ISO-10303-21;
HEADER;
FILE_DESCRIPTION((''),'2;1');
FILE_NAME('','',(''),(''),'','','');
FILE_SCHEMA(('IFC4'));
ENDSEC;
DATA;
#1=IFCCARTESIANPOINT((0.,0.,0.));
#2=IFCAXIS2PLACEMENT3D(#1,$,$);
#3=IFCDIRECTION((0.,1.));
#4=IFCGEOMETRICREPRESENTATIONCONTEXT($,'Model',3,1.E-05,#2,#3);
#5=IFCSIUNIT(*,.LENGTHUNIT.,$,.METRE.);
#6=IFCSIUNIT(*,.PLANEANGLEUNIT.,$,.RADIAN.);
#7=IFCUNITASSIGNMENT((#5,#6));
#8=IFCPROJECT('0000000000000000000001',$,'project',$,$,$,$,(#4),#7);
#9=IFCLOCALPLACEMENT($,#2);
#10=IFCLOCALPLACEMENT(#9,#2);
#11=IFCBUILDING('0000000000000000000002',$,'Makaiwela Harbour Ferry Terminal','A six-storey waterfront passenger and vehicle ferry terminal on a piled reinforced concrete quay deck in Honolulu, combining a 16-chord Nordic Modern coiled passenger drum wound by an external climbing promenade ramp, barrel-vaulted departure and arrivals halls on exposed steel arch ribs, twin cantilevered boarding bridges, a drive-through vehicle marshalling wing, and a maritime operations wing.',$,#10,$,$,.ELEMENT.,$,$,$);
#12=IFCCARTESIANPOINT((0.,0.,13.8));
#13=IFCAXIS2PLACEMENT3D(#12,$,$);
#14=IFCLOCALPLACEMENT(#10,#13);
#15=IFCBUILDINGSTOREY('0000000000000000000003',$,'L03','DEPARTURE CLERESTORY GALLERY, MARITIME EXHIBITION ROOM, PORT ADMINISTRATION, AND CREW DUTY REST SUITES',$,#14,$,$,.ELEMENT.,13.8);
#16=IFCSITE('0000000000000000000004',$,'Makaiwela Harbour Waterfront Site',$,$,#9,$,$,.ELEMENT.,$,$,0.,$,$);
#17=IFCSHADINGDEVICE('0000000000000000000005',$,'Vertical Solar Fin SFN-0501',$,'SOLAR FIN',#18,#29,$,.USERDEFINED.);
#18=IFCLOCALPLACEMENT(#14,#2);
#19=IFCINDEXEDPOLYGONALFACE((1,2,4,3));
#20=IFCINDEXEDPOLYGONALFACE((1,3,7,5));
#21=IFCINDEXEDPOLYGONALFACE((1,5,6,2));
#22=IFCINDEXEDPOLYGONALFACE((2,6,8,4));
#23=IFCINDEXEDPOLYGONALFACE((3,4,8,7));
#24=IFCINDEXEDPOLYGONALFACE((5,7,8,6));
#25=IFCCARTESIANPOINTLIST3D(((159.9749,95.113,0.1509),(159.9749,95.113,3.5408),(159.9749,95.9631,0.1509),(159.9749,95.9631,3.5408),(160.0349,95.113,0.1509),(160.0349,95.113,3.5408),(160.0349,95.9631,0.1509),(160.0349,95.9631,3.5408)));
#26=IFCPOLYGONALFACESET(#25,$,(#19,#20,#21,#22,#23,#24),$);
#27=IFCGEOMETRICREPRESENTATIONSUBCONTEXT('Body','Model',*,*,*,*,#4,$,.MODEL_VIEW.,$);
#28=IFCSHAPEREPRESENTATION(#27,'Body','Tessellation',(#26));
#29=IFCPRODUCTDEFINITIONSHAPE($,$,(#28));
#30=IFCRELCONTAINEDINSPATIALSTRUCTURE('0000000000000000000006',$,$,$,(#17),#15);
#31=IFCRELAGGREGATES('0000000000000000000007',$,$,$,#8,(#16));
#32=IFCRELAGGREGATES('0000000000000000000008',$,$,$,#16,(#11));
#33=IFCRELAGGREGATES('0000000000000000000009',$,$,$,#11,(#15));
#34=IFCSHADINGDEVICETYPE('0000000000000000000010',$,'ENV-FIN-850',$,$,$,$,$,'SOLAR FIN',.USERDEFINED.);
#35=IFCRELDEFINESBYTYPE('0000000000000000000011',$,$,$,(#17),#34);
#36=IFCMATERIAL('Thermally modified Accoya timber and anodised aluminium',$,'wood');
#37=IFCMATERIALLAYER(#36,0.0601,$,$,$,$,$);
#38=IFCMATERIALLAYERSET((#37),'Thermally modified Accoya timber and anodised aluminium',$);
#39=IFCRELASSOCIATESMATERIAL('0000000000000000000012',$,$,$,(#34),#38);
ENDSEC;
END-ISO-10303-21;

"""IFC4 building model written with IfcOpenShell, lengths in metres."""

from ifc_helpers import new_model, si_unit, direction, frame, origin, origin_2d, place, context, subcontext, project, spatial, rectangle, extrude, material, layer, layer_set, type_object, element, save


model = new_model("IFC4")

# Units and contexts
model_context = context("Model", 3, precision=1e-05, world=origin(), true_north=direction((0.0, 1.0)))
body_context = subcontext(model_context, "Body", "Model", "MODEL_VIEW")
ifc_project = project(units=[si_unit("LENGTHUNIT", "METRE"), si_unit("PLANEANGLEUNIT", "RADIAN")], contexts=[model_context])

# Site, building, storey
site_placement = place(None, origin())
site = spatial("IfcSite", under=ifc_project, at=site_placement, Name="Makaiwela Harbour Waterfront Site", CompositionType="ELEMENT", RefElevation=0.0)
building_placement = place(site_placement, origin())
building = spatial("IfcBuilding", under=site, at=building_placement, Name="Makaiwela Harbour Ferry Terminal", Description="A six-storey waterfront passenger and vehicle ferry terminal on a piled reinforced concrete quay deck in Honolulu, combining a 16-chord Nordic Modern coiled passenger drum wound by an external climbing promenade ramp, barrel-vaulted departure and arrivals halls on exposed steel arch ribs, twin cantilevered boarding bridges, a drive-through vehicle marshalling wing, and a maritime operations wing.", CompositionType="ELEMENT")
storey_placement = place(building_placement, frame((0.0, 0.0, 13.8)))
storey = spatial("IfcBuildingStorey", under=building, at=storey_placement, Name="L03", Description="DEPARTURE CLERESTORY GALLERY, MARITIME EXHIBITION ROOM, PORT ADMINISTRATION, AND CREW DUTY REST SUITES", CompositionType="ELEMENT", Elevation=13.8)

# Shading device
ifc_material_1 = material(Name="Thermally modified Accoya timber and anodised aluminium", Category="wood")
ifc_layer_1 = layer(ifc_material_1, 0.0601)
ifc_layer_set_1 = layer_set([ifc_layer_1], Name="Thermally modified Accoya timber and anodised aluminium")
shading_device_type = type_object("IfcShadingDeviceType", Name="ENV-FIN-850", ElementType="SOLAR FIN", PredefinedType="USERDEFINED", material=ifc_layer_set_1)
for number, where, z_axis, x_axis, name in (
    (1, (160.0049, 95.5381, 0.1509), (0.0, 0.0, 1.0), (0.0, 1.0, 0.0), "Vertical Solar Fin SFN-0501"),
):
    element("IfcShadingDevice", number, at=place(storey_placement, frame(where, z_axis=z_axis, x_axis=x_axis)), inside=storey, type_object=shading_device_type, Name=name, ObjectType="SOLAR FIN", PredefinedType="USERDEFINED", context=body_context, shape_type="SweptSolid", body=[
        extrude(rectangle(XDim=0.8501, YDim=0.0601, at=origin_2d()), origin(), (0.0, 0.0, 1.0), 3.3899),
    ])

save(model, "model.ifc")
